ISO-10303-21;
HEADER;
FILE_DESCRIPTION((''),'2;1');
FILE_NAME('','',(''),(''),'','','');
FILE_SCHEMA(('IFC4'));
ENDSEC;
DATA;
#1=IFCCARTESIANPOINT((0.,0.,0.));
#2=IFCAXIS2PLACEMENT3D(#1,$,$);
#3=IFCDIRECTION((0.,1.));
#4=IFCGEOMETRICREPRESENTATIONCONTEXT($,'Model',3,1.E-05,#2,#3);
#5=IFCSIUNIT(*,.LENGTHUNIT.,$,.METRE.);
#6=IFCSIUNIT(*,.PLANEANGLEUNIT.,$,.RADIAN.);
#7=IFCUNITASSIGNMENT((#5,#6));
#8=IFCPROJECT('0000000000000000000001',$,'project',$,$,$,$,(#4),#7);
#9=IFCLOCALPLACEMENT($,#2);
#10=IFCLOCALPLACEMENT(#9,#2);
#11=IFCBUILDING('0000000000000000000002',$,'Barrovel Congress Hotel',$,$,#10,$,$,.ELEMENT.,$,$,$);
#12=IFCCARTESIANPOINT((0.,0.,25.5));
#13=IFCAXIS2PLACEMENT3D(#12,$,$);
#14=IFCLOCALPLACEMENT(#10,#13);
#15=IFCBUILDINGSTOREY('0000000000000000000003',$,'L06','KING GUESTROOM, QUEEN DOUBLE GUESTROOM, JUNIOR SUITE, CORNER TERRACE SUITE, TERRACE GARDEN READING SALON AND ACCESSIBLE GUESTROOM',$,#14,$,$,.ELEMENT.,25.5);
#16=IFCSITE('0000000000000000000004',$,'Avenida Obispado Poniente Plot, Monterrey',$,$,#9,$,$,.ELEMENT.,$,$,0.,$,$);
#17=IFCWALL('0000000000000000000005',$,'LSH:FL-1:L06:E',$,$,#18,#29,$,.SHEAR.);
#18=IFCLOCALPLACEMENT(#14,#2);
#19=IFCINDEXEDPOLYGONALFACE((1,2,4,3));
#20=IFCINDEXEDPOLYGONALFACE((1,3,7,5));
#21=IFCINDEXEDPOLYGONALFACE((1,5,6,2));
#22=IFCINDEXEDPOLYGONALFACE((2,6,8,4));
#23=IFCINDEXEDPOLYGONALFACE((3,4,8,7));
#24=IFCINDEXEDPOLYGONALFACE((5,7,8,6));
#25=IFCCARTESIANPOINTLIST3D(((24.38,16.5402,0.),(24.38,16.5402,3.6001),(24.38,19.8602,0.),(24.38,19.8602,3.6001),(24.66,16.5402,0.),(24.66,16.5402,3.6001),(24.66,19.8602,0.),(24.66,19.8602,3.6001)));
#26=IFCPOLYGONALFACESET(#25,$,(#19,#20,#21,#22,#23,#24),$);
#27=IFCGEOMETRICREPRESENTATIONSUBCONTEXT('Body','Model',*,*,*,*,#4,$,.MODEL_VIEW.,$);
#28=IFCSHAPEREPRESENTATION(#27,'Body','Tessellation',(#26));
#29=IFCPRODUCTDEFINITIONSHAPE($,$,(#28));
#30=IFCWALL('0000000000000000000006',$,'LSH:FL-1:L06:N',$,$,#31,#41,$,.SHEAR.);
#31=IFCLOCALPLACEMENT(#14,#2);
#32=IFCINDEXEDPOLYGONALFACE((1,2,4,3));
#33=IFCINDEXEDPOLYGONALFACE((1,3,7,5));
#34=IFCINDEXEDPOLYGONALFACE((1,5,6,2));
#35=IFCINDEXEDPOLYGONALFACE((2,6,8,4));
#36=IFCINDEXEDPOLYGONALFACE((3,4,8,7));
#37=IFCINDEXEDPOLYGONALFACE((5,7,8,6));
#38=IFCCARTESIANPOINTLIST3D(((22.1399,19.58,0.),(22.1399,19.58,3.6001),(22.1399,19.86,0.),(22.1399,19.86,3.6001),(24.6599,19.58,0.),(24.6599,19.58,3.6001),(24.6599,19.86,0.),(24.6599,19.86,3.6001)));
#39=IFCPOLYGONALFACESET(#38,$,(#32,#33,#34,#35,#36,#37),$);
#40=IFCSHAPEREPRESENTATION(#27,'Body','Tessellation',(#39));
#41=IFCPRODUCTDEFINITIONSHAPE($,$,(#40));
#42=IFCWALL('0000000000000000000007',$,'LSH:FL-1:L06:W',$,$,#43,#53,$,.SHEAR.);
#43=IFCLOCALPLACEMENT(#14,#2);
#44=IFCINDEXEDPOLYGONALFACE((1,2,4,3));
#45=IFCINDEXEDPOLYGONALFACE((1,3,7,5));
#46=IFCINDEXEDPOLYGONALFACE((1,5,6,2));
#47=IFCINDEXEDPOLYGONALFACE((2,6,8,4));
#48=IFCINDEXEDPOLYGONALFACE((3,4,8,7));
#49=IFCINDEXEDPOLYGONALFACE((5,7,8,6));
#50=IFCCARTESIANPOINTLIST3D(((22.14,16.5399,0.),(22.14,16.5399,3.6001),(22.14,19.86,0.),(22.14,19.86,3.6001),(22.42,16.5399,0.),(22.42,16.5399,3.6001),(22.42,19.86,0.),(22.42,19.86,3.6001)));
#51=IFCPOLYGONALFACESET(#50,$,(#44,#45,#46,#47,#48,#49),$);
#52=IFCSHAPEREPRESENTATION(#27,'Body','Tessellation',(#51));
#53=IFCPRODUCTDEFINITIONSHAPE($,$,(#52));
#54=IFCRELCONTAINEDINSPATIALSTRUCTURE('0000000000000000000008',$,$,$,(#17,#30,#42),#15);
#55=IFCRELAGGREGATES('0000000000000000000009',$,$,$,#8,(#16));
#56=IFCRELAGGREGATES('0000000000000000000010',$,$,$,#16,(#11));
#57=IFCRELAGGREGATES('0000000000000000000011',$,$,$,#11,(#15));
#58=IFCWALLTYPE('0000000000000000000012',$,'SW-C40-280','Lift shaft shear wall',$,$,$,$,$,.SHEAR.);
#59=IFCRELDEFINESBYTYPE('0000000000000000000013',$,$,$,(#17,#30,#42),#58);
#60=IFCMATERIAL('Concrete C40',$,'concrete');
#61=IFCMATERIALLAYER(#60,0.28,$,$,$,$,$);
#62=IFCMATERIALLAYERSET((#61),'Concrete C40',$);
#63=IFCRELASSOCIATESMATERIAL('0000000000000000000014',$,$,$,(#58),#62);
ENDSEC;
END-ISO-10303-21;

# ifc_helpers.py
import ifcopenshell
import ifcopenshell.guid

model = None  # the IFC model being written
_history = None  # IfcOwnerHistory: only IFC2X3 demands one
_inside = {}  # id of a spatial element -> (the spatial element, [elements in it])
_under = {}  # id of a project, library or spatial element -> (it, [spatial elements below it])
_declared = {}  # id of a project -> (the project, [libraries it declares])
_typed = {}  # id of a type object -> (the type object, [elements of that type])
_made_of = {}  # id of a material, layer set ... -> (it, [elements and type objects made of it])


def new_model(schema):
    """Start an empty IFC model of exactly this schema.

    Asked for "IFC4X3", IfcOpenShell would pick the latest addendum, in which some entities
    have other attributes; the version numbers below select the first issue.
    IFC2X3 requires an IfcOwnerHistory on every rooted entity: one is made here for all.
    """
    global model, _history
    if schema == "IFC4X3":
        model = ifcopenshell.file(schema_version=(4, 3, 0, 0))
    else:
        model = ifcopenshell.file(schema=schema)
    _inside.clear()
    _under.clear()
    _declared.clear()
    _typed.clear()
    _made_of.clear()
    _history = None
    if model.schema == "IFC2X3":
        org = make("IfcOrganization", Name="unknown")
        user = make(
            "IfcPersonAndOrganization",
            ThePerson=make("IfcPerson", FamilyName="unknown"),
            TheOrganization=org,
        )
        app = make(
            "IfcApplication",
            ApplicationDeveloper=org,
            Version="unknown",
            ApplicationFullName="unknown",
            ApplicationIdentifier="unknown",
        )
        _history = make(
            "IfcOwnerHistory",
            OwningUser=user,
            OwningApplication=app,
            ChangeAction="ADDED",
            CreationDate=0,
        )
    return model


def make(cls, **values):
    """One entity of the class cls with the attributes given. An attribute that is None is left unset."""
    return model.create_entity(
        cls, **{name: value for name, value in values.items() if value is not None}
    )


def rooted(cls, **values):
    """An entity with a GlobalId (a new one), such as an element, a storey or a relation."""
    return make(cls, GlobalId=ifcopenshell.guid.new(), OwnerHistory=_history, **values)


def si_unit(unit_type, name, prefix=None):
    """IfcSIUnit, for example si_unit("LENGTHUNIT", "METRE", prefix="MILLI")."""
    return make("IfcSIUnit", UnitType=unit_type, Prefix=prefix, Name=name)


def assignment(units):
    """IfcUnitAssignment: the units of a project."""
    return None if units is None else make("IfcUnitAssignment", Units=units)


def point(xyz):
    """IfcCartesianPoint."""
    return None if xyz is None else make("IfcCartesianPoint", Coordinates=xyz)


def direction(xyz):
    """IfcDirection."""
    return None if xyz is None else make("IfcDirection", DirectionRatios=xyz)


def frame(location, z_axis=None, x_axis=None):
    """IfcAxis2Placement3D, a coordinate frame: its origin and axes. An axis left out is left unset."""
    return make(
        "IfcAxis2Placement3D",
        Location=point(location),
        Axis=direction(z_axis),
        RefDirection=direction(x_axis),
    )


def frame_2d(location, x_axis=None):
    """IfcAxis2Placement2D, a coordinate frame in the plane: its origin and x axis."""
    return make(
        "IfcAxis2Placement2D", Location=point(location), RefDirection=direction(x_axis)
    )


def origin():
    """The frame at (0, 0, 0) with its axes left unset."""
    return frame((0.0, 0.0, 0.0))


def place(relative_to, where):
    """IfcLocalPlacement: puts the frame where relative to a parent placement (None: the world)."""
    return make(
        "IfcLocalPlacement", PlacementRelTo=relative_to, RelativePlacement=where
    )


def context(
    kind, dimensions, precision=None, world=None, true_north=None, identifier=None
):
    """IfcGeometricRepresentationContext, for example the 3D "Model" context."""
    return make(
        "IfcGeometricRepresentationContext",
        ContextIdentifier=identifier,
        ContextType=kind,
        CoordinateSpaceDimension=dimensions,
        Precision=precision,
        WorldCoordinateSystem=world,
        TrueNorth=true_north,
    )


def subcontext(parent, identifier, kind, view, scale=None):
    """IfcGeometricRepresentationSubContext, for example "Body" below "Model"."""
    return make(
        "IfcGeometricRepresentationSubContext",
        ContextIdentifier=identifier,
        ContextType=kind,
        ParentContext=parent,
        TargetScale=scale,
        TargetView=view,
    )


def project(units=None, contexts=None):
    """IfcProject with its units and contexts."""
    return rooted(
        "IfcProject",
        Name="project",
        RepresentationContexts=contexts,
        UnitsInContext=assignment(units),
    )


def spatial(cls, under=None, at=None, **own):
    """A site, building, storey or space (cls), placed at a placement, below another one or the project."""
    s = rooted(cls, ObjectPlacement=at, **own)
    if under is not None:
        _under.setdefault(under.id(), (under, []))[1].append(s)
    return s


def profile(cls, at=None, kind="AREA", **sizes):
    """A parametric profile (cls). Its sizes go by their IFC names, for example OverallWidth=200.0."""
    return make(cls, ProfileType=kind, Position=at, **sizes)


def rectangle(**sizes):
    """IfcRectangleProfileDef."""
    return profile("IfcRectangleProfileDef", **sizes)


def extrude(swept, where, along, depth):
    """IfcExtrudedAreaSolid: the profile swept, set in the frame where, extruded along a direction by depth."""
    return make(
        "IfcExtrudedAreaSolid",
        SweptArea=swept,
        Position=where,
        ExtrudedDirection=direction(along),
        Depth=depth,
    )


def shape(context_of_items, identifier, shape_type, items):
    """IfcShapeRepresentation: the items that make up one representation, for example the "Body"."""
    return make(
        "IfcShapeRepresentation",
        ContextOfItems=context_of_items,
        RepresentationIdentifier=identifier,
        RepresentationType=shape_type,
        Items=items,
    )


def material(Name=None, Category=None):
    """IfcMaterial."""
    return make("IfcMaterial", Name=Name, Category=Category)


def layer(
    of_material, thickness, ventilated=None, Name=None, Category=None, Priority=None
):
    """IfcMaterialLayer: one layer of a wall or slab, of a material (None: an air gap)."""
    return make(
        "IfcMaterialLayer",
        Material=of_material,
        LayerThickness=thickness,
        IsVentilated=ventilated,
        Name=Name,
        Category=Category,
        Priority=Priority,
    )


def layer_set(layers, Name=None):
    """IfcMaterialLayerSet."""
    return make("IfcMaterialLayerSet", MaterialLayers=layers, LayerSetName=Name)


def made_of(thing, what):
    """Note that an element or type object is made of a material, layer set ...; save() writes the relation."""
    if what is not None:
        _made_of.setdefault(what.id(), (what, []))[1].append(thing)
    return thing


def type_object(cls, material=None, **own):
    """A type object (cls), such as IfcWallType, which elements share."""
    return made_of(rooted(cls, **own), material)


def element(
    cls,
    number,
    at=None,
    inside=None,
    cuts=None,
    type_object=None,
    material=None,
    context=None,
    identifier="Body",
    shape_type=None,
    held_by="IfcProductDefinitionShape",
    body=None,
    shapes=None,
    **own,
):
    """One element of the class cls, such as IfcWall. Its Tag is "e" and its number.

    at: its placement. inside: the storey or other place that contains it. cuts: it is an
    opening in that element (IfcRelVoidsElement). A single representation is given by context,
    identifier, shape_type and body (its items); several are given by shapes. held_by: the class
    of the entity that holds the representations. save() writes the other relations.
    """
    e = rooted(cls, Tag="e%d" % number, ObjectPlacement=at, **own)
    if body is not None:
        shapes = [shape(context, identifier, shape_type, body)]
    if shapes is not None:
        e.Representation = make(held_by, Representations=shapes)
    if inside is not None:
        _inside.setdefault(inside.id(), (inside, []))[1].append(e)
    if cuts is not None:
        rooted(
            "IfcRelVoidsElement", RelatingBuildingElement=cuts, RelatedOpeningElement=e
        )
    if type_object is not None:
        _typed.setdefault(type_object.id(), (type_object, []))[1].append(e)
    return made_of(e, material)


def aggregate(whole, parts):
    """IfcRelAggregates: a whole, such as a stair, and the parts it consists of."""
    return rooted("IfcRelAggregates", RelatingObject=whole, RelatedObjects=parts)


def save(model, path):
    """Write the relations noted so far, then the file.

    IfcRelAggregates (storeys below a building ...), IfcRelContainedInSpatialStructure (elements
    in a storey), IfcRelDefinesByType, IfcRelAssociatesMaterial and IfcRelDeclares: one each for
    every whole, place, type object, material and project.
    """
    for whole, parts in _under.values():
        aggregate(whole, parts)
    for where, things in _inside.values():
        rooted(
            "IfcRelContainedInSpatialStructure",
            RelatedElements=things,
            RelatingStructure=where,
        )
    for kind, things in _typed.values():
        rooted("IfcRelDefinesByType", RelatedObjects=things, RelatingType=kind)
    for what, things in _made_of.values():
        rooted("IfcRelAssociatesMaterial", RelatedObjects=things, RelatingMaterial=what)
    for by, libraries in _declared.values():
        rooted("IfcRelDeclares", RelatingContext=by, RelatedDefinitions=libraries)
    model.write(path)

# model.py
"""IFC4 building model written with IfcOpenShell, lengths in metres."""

from ifc_helpers import new_model, si_unit, direction, frame, frame_2d, origin, place, context, subcontext, project, spatial, rectangle, extrude, material, layer, layer_set, type_object, element, save


model = new_model("IFC4")

# Units and contexts
model_context = context("Model", 3, precision=1e-05, world=origin(), true_north=direction((0.0, 1.0)))
body_context = subcontext(model_context, "Body", "Model", "MODEL_VIEW")
ifc_project = project(units=[si_unit("LENGTHUNIT", "METRE"), si_unit("PLANEANGLEUNIT", "RADIAN")], contexts=[model_context])

# Site, building, storey
site_placement = place(None, origin())
site = spatial("IfcSite", under=ifc_project, at=site_placement, Name="Avenida Obispado Poniente Plot, Monterrey", CompositionType="ELEMENT", RefElevation=0.0)
building_placement = place(site_placement, origin())
building = spatial("IfcBuilding", under=site, at=building_placement, Name="Barrovel Congress Hotel", CompositionType="ELEMENT")
storey_placement = place(building_placement, frame((0.0, 0.0, 25.5)))
storey = spatial("IfcBuildingStorey", under=building, at=storey_placement, Name="L06", Description="KING GUESTROOM, QUEEN DOUBLE GUESTROOM, JUNIOR SUITE, CORNER TERRACE SUITE, TERRACE GARDEN READING SALON AND ACCESSIBLE GUESTROOM", CompositionType="ELEMENT", Elevation=25.5)

# Shared definitions
ifc_material_1 = material(Name="Concrete C40", Category="concrete")

# Shared definitions
ifc_layer_1 = layer(ifc_material_1, 0.28)
ifc_layer_set_1 = layer_set([ifc_layer_1], Name="Concrete C40")
wall_type_1 = type_object("IfcWallType", Name="SW-C40-280", Description="Lift shaft shear wall", PredefinedType="SHEAR", material=ifc_layer_set_1)

# Walls
wall_1_placement = place(storey_placement, frame((24.52, 16.54, 0.0), z_axis=(0.0, 0.0, 1.0), x_axis=(0.0, 1.0, 0.0)))
element("IfcWall", 1, at=wall_1_placement, inside=storey, type_object=wall_type_1, Name="LSH:FL-1:L06:E", PredefinedType="SHEAR", context=body_context, shape_type="SweptSolid", body=[
    extrude(rectangle(XDim=3.3201, YDim=0.28, at=frame_2d((1.6602, 0.0))), origin(), (0.0, 0.0, 1.0), 3.6001),
])
wall_2_placement = place(storey_placement, frame((24.6599, 19.72, 0.0), z_axis=(0.0, 0.0, 1.0), x_axis=(-1.0, 0.0, 0.0)))
element("IfcWall", 2, at=wall_2_placement, inside=storey, type_object=wall_type_1, Name="LSH:FL-1:L06:N", PredefinedType="SHEAR", context=body_context, shape_type="SweptSolid", body=[
    extrude(rectangle(XDim=2.52, YDim=0.28, at=frame_2d((1.26, 0.0))), origin(), (0.0, 0.0, 1.0), 3.6001),
])
wall_3_placement = place(storey_placement, frame((22.28, 19.8601, 0.0), z_axis=(0.0, 0.0, 1.0), x_axis=(0.0, -1.0, 0.0)))
element("IfcWall", 3, at=wall_3_placement, inside=storey, type_object=wall_type_1, Name="LSH:FL-1:L06:W", PredefinedType="SHEAR", context=body_context, shape_type="SweptSolid", body=[
    extrude(rectangle(XDim=3.3201, YDim=0.28, at=frame_2d((1.6602, 0.0))), origin(), (0.0, 0.0, 1.0), 3.6001),
])

save(model, "model.ifc")
